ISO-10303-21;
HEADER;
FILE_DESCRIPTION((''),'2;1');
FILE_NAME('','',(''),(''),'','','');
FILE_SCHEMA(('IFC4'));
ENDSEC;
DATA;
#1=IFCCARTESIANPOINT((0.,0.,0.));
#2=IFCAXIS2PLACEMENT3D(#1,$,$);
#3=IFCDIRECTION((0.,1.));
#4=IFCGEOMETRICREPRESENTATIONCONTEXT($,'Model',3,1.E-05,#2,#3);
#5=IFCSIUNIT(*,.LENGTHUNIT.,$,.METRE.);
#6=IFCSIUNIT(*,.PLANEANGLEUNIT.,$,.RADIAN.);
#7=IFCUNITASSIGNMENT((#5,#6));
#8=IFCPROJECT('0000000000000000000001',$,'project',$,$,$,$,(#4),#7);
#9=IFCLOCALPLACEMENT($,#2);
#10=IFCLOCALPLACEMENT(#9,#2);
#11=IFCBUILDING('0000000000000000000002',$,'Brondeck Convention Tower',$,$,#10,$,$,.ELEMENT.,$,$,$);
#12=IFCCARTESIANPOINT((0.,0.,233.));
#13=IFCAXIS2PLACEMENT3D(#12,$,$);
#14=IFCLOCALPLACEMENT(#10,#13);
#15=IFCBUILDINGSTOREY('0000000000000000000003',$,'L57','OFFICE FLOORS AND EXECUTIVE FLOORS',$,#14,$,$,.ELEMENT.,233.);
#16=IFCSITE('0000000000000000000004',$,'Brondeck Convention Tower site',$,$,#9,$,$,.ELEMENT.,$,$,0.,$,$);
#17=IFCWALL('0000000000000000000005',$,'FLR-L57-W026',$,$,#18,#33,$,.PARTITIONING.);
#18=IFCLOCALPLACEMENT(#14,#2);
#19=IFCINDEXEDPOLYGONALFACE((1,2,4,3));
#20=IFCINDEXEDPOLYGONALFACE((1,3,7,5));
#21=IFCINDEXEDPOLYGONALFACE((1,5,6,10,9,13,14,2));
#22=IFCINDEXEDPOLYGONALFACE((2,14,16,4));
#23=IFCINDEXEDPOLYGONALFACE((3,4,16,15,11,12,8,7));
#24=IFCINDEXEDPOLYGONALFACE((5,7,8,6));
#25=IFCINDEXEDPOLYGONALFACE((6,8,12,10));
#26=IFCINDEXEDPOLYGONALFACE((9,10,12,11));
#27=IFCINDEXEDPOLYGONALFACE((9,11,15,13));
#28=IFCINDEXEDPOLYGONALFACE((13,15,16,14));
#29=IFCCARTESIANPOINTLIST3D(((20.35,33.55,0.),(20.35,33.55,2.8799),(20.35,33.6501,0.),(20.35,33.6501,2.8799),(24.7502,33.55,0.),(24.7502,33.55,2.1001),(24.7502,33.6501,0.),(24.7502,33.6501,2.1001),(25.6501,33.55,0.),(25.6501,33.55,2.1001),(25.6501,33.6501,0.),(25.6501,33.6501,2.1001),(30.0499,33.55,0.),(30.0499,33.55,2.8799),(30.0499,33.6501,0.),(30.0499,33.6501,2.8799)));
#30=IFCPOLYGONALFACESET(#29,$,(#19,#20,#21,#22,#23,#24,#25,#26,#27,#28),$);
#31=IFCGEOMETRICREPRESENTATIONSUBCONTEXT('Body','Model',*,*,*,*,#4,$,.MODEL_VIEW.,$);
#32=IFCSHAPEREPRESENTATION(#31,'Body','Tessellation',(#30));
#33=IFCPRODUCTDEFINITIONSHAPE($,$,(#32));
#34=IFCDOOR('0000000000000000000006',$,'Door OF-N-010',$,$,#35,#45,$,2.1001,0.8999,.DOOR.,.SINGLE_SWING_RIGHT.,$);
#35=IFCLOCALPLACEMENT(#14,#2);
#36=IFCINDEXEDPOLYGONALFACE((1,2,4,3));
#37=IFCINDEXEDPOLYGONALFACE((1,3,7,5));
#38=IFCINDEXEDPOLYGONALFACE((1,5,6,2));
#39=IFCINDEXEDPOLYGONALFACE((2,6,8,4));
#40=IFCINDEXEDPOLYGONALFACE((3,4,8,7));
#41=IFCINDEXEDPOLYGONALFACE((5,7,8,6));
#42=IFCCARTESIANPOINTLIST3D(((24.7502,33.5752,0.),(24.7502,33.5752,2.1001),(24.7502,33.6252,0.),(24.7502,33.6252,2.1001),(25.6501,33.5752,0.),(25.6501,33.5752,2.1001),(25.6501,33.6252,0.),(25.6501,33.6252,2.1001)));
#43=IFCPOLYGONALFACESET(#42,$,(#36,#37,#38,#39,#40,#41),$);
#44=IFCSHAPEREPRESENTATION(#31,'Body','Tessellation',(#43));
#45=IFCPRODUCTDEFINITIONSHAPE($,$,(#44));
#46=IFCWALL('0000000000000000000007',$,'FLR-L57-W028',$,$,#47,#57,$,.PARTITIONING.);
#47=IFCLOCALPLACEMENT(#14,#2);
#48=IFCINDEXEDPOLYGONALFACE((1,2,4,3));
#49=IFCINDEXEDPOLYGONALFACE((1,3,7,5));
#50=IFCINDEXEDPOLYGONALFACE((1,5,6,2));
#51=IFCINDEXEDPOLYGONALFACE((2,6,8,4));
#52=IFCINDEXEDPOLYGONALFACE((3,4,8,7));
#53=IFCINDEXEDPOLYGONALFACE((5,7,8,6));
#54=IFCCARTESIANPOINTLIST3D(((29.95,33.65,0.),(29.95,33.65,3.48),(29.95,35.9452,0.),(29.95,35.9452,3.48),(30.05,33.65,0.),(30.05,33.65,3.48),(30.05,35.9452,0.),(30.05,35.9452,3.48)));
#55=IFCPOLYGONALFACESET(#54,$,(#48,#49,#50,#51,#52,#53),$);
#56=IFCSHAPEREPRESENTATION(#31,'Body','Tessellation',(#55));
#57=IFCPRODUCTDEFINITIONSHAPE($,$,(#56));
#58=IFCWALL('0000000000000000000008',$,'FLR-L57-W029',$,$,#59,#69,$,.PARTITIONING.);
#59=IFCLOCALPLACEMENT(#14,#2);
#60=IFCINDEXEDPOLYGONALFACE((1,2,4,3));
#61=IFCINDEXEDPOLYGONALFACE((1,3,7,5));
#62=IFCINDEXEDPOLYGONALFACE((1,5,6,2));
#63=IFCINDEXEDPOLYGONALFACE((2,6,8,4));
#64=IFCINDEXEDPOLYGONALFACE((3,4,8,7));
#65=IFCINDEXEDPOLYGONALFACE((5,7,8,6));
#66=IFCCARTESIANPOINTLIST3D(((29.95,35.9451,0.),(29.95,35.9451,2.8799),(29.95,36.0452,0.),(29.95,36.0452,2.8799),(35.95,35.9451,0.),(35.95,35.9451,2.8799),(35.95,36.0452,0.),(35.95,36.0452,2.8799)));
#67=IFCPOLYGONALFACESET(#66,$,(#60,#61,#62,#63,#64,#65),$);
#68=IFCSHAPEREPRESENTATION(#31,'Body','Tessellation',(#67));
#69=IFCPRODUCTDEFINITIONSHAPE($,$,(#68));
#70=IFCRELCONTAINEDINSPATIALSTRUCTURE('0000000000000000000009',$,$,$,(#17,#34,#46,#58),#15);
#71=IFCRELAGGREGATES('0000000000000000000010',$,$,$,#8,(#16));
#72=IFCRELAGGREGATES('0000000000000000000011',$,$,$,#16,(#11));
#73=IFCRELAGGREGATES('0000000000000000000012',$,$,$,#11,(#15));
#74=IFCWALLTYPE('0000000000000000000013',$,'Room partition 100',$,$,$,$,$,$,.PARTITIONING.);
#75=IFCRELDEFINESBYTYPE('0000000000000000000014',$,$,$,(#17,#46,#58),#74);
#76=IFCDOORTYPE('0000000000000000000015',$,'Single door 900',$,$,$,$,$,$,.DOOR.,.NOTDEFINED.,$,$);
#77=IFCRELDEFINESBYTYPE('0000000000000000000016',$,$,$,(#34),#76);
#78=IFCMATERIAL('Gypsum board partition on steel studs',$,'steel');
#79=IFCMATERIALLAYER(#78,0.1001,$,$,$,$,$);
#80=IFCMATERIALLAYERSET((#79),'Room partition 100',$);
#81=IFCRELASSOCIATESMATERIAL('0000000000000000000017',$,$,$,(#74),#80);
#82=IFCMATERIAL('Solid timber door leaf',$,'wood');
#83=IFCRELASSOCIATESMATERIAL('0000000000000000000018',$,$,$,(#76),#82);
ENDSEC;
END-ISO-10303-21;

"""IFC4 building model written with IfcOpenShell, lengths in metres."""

from ifc_helpers import new_model, si_unit, direction, frame, frame_2d, origin, place, context, subcontext, project, spatial, rectangle, extrude, material, layer, layer_set, type_object, element, fill, save


model = new_model("IFC4")

# Units and contexts
model_context = context("Model", 3, precision=1e-05, world=origin(), true_north=direction((0.0, 1.0)))
body_context = subcontext(model_context, "Body", "Model", "MODEL_VIEW")
ifc_project = project(units=[si_unit("LENGTHUNIT", "METRE"), si_unit("PLANEANGLEUNIT", "RADIAN")], contexts=[model_context])

# Site, building, storey
site_placement = place(None, origin())
site = spatial("IfcSite", under=ifc_project, at=site_placement, Name="Brondeck Convention Tower site", CompositionType="ELEMENT", RefElevation=0.0)
building_placement = place(site_placement, origin())
building = spatial("IfcBuilding", under=site, at=building_placement, Name="Brondeck Convention Tower", CompositionType="ELEMENT")
storey_placement = place(building_placement, frame((0.0, 0.0, 233.0)))
storey = spatial("IfcBuildingStorey", under=building, at=storey_placement, Name="L57", Description="OFFICE FLOORS AND EXECUTIVE FLOORS", CompositionType="ELEMENT", Elevation=233.0)

# Shared definitions
ifc_material_1 = material(Name="Gypsum board partition on steel studs", Category="steel")
ifc_layer_1 = layer(ifc_material_1, 0.1001)
ifc_layer_set_1 = layer_set([ifc_layer_1], Name="Room partition 100")
wall_type_1 = type_object("IfcWallType", Name="Room partition 100", PredefinedType="PARTITIONING", material=ifc_layer_set_1)
ifc_material_2 = material(Name="Solid timber door leaf", Category="wood")
door_type_1 = type_object("IfcDoorType", Name="Single door 900", OperationType="NOTDEFINED", PredefinedType="DOOR", material=ifc_material_2)

# Wall, opening, door
wall_1_placement = place(storey_placement, frame((30.05, 33.6001, 0.0), z_axis=(0.0, 0.0, 1.0), x_axis=(-1.0, 0.0, 0.0)))
wall_1 = element("IfcWall", 1, at=wall_1_placement, inside=storey, type_object=wall_type_1, Name="FLR-L57-W026", PredefinedType="PARTITIONING", context=body_context, shape_type="SweptSolid", body=[
    extrude(rectangle(XDim=9.7, YDim=0.1001, at=frame_2d((4.8501, 0.0))), origin(), (0.0, 0.0, 1.0), 2.8799),
])
opening_1_placement = place(wall_1_placement, frame((4.3999, 0.0, 0.0)))
opening_1 = element("IfcOpeningElement", 2, at=opening_1_placement, cuts=wall_1, PredefinedType="OPENING", context=body_context, shape_type="SweptSolid", body=[
    extrude(rectangle(XDim=0.8999, YDim=2.1001, at=frame_2d((0.45, 1.05))), frame((0.0, 0.0601, 0.0), z_axis=(0.0, -1.0, 0.0), x_axis=(1.0, 0.0, 0.0)), (0.0, 0.0, 1.0), 0.1201),
])
door_1_placement = place(opening_1_placement, origin())
door_1 = element("IfcDoor", 3, at=door_1_placement, inside=storey, type_object=door_type_1, Name="Door OF-N-010", OperationType="SINGLE_SWING_RIGHT", OverallHeight=2.1001, OverallWidth=0.8999, PredefinedType="DOOR", context=body_context, shape_type="SweptSolid", body=[
    extrude(rectangle(XDim=0.8999, YDim=2.1001, at=frame_2d((0.45, 1.05))), frame((0.0, 0.0249, 0.0), z_axis=(0.0, -1.0, 0.0), x_axis=(1.0, 0.0, 0.0)), (0.0, 0.0, 1.0), 0.05),
])
fill(opening_1, door_1)

# Walls
wall_2_placement = place(storey_placement, frame((30.0, 35.9451, 0.0), z_axis=(0.0, 0.0, 1.0), x_axis=(0.0, -1.0, 0.0)))
element("IfcWall", 4, at=wall_2_placement, inside=storey, type_object=wall_type_1, Name="FLR-L57-W028", PredefinedType="PARTITIONING", context=body_context, shape_type="SweptSolid", body=[
    extrude(rectangle(XDim=2.2952, YDim=0.1001, at=frame_2d((1.1475, 0.0))), origin(), (0.0, 0.0, 1.0), 3.48),
])
wall_3_placement = place(storey_placement, frame((29.95, 35.9951, 0.0), z_axis=(0.0, 0.0, 1.0), x_axis=(1.0, 0.0, 0.0)))
element("IfcWall", 5, at=wall_3_placement, inside=storey, type_object=wall_type_1, Name="FLR-L57-W029", PredefinedType="PARTITIONING", context=body_context, shape_type="SweptSolid", body=[
    extrude(rectangle(XDim=6.0, YDim=0.1001, at=frame_2d((3.0, 0.0))), origin(), (0.0, 0.0, 1.0), 2.8799),
])

save(model, "model.ifc")
